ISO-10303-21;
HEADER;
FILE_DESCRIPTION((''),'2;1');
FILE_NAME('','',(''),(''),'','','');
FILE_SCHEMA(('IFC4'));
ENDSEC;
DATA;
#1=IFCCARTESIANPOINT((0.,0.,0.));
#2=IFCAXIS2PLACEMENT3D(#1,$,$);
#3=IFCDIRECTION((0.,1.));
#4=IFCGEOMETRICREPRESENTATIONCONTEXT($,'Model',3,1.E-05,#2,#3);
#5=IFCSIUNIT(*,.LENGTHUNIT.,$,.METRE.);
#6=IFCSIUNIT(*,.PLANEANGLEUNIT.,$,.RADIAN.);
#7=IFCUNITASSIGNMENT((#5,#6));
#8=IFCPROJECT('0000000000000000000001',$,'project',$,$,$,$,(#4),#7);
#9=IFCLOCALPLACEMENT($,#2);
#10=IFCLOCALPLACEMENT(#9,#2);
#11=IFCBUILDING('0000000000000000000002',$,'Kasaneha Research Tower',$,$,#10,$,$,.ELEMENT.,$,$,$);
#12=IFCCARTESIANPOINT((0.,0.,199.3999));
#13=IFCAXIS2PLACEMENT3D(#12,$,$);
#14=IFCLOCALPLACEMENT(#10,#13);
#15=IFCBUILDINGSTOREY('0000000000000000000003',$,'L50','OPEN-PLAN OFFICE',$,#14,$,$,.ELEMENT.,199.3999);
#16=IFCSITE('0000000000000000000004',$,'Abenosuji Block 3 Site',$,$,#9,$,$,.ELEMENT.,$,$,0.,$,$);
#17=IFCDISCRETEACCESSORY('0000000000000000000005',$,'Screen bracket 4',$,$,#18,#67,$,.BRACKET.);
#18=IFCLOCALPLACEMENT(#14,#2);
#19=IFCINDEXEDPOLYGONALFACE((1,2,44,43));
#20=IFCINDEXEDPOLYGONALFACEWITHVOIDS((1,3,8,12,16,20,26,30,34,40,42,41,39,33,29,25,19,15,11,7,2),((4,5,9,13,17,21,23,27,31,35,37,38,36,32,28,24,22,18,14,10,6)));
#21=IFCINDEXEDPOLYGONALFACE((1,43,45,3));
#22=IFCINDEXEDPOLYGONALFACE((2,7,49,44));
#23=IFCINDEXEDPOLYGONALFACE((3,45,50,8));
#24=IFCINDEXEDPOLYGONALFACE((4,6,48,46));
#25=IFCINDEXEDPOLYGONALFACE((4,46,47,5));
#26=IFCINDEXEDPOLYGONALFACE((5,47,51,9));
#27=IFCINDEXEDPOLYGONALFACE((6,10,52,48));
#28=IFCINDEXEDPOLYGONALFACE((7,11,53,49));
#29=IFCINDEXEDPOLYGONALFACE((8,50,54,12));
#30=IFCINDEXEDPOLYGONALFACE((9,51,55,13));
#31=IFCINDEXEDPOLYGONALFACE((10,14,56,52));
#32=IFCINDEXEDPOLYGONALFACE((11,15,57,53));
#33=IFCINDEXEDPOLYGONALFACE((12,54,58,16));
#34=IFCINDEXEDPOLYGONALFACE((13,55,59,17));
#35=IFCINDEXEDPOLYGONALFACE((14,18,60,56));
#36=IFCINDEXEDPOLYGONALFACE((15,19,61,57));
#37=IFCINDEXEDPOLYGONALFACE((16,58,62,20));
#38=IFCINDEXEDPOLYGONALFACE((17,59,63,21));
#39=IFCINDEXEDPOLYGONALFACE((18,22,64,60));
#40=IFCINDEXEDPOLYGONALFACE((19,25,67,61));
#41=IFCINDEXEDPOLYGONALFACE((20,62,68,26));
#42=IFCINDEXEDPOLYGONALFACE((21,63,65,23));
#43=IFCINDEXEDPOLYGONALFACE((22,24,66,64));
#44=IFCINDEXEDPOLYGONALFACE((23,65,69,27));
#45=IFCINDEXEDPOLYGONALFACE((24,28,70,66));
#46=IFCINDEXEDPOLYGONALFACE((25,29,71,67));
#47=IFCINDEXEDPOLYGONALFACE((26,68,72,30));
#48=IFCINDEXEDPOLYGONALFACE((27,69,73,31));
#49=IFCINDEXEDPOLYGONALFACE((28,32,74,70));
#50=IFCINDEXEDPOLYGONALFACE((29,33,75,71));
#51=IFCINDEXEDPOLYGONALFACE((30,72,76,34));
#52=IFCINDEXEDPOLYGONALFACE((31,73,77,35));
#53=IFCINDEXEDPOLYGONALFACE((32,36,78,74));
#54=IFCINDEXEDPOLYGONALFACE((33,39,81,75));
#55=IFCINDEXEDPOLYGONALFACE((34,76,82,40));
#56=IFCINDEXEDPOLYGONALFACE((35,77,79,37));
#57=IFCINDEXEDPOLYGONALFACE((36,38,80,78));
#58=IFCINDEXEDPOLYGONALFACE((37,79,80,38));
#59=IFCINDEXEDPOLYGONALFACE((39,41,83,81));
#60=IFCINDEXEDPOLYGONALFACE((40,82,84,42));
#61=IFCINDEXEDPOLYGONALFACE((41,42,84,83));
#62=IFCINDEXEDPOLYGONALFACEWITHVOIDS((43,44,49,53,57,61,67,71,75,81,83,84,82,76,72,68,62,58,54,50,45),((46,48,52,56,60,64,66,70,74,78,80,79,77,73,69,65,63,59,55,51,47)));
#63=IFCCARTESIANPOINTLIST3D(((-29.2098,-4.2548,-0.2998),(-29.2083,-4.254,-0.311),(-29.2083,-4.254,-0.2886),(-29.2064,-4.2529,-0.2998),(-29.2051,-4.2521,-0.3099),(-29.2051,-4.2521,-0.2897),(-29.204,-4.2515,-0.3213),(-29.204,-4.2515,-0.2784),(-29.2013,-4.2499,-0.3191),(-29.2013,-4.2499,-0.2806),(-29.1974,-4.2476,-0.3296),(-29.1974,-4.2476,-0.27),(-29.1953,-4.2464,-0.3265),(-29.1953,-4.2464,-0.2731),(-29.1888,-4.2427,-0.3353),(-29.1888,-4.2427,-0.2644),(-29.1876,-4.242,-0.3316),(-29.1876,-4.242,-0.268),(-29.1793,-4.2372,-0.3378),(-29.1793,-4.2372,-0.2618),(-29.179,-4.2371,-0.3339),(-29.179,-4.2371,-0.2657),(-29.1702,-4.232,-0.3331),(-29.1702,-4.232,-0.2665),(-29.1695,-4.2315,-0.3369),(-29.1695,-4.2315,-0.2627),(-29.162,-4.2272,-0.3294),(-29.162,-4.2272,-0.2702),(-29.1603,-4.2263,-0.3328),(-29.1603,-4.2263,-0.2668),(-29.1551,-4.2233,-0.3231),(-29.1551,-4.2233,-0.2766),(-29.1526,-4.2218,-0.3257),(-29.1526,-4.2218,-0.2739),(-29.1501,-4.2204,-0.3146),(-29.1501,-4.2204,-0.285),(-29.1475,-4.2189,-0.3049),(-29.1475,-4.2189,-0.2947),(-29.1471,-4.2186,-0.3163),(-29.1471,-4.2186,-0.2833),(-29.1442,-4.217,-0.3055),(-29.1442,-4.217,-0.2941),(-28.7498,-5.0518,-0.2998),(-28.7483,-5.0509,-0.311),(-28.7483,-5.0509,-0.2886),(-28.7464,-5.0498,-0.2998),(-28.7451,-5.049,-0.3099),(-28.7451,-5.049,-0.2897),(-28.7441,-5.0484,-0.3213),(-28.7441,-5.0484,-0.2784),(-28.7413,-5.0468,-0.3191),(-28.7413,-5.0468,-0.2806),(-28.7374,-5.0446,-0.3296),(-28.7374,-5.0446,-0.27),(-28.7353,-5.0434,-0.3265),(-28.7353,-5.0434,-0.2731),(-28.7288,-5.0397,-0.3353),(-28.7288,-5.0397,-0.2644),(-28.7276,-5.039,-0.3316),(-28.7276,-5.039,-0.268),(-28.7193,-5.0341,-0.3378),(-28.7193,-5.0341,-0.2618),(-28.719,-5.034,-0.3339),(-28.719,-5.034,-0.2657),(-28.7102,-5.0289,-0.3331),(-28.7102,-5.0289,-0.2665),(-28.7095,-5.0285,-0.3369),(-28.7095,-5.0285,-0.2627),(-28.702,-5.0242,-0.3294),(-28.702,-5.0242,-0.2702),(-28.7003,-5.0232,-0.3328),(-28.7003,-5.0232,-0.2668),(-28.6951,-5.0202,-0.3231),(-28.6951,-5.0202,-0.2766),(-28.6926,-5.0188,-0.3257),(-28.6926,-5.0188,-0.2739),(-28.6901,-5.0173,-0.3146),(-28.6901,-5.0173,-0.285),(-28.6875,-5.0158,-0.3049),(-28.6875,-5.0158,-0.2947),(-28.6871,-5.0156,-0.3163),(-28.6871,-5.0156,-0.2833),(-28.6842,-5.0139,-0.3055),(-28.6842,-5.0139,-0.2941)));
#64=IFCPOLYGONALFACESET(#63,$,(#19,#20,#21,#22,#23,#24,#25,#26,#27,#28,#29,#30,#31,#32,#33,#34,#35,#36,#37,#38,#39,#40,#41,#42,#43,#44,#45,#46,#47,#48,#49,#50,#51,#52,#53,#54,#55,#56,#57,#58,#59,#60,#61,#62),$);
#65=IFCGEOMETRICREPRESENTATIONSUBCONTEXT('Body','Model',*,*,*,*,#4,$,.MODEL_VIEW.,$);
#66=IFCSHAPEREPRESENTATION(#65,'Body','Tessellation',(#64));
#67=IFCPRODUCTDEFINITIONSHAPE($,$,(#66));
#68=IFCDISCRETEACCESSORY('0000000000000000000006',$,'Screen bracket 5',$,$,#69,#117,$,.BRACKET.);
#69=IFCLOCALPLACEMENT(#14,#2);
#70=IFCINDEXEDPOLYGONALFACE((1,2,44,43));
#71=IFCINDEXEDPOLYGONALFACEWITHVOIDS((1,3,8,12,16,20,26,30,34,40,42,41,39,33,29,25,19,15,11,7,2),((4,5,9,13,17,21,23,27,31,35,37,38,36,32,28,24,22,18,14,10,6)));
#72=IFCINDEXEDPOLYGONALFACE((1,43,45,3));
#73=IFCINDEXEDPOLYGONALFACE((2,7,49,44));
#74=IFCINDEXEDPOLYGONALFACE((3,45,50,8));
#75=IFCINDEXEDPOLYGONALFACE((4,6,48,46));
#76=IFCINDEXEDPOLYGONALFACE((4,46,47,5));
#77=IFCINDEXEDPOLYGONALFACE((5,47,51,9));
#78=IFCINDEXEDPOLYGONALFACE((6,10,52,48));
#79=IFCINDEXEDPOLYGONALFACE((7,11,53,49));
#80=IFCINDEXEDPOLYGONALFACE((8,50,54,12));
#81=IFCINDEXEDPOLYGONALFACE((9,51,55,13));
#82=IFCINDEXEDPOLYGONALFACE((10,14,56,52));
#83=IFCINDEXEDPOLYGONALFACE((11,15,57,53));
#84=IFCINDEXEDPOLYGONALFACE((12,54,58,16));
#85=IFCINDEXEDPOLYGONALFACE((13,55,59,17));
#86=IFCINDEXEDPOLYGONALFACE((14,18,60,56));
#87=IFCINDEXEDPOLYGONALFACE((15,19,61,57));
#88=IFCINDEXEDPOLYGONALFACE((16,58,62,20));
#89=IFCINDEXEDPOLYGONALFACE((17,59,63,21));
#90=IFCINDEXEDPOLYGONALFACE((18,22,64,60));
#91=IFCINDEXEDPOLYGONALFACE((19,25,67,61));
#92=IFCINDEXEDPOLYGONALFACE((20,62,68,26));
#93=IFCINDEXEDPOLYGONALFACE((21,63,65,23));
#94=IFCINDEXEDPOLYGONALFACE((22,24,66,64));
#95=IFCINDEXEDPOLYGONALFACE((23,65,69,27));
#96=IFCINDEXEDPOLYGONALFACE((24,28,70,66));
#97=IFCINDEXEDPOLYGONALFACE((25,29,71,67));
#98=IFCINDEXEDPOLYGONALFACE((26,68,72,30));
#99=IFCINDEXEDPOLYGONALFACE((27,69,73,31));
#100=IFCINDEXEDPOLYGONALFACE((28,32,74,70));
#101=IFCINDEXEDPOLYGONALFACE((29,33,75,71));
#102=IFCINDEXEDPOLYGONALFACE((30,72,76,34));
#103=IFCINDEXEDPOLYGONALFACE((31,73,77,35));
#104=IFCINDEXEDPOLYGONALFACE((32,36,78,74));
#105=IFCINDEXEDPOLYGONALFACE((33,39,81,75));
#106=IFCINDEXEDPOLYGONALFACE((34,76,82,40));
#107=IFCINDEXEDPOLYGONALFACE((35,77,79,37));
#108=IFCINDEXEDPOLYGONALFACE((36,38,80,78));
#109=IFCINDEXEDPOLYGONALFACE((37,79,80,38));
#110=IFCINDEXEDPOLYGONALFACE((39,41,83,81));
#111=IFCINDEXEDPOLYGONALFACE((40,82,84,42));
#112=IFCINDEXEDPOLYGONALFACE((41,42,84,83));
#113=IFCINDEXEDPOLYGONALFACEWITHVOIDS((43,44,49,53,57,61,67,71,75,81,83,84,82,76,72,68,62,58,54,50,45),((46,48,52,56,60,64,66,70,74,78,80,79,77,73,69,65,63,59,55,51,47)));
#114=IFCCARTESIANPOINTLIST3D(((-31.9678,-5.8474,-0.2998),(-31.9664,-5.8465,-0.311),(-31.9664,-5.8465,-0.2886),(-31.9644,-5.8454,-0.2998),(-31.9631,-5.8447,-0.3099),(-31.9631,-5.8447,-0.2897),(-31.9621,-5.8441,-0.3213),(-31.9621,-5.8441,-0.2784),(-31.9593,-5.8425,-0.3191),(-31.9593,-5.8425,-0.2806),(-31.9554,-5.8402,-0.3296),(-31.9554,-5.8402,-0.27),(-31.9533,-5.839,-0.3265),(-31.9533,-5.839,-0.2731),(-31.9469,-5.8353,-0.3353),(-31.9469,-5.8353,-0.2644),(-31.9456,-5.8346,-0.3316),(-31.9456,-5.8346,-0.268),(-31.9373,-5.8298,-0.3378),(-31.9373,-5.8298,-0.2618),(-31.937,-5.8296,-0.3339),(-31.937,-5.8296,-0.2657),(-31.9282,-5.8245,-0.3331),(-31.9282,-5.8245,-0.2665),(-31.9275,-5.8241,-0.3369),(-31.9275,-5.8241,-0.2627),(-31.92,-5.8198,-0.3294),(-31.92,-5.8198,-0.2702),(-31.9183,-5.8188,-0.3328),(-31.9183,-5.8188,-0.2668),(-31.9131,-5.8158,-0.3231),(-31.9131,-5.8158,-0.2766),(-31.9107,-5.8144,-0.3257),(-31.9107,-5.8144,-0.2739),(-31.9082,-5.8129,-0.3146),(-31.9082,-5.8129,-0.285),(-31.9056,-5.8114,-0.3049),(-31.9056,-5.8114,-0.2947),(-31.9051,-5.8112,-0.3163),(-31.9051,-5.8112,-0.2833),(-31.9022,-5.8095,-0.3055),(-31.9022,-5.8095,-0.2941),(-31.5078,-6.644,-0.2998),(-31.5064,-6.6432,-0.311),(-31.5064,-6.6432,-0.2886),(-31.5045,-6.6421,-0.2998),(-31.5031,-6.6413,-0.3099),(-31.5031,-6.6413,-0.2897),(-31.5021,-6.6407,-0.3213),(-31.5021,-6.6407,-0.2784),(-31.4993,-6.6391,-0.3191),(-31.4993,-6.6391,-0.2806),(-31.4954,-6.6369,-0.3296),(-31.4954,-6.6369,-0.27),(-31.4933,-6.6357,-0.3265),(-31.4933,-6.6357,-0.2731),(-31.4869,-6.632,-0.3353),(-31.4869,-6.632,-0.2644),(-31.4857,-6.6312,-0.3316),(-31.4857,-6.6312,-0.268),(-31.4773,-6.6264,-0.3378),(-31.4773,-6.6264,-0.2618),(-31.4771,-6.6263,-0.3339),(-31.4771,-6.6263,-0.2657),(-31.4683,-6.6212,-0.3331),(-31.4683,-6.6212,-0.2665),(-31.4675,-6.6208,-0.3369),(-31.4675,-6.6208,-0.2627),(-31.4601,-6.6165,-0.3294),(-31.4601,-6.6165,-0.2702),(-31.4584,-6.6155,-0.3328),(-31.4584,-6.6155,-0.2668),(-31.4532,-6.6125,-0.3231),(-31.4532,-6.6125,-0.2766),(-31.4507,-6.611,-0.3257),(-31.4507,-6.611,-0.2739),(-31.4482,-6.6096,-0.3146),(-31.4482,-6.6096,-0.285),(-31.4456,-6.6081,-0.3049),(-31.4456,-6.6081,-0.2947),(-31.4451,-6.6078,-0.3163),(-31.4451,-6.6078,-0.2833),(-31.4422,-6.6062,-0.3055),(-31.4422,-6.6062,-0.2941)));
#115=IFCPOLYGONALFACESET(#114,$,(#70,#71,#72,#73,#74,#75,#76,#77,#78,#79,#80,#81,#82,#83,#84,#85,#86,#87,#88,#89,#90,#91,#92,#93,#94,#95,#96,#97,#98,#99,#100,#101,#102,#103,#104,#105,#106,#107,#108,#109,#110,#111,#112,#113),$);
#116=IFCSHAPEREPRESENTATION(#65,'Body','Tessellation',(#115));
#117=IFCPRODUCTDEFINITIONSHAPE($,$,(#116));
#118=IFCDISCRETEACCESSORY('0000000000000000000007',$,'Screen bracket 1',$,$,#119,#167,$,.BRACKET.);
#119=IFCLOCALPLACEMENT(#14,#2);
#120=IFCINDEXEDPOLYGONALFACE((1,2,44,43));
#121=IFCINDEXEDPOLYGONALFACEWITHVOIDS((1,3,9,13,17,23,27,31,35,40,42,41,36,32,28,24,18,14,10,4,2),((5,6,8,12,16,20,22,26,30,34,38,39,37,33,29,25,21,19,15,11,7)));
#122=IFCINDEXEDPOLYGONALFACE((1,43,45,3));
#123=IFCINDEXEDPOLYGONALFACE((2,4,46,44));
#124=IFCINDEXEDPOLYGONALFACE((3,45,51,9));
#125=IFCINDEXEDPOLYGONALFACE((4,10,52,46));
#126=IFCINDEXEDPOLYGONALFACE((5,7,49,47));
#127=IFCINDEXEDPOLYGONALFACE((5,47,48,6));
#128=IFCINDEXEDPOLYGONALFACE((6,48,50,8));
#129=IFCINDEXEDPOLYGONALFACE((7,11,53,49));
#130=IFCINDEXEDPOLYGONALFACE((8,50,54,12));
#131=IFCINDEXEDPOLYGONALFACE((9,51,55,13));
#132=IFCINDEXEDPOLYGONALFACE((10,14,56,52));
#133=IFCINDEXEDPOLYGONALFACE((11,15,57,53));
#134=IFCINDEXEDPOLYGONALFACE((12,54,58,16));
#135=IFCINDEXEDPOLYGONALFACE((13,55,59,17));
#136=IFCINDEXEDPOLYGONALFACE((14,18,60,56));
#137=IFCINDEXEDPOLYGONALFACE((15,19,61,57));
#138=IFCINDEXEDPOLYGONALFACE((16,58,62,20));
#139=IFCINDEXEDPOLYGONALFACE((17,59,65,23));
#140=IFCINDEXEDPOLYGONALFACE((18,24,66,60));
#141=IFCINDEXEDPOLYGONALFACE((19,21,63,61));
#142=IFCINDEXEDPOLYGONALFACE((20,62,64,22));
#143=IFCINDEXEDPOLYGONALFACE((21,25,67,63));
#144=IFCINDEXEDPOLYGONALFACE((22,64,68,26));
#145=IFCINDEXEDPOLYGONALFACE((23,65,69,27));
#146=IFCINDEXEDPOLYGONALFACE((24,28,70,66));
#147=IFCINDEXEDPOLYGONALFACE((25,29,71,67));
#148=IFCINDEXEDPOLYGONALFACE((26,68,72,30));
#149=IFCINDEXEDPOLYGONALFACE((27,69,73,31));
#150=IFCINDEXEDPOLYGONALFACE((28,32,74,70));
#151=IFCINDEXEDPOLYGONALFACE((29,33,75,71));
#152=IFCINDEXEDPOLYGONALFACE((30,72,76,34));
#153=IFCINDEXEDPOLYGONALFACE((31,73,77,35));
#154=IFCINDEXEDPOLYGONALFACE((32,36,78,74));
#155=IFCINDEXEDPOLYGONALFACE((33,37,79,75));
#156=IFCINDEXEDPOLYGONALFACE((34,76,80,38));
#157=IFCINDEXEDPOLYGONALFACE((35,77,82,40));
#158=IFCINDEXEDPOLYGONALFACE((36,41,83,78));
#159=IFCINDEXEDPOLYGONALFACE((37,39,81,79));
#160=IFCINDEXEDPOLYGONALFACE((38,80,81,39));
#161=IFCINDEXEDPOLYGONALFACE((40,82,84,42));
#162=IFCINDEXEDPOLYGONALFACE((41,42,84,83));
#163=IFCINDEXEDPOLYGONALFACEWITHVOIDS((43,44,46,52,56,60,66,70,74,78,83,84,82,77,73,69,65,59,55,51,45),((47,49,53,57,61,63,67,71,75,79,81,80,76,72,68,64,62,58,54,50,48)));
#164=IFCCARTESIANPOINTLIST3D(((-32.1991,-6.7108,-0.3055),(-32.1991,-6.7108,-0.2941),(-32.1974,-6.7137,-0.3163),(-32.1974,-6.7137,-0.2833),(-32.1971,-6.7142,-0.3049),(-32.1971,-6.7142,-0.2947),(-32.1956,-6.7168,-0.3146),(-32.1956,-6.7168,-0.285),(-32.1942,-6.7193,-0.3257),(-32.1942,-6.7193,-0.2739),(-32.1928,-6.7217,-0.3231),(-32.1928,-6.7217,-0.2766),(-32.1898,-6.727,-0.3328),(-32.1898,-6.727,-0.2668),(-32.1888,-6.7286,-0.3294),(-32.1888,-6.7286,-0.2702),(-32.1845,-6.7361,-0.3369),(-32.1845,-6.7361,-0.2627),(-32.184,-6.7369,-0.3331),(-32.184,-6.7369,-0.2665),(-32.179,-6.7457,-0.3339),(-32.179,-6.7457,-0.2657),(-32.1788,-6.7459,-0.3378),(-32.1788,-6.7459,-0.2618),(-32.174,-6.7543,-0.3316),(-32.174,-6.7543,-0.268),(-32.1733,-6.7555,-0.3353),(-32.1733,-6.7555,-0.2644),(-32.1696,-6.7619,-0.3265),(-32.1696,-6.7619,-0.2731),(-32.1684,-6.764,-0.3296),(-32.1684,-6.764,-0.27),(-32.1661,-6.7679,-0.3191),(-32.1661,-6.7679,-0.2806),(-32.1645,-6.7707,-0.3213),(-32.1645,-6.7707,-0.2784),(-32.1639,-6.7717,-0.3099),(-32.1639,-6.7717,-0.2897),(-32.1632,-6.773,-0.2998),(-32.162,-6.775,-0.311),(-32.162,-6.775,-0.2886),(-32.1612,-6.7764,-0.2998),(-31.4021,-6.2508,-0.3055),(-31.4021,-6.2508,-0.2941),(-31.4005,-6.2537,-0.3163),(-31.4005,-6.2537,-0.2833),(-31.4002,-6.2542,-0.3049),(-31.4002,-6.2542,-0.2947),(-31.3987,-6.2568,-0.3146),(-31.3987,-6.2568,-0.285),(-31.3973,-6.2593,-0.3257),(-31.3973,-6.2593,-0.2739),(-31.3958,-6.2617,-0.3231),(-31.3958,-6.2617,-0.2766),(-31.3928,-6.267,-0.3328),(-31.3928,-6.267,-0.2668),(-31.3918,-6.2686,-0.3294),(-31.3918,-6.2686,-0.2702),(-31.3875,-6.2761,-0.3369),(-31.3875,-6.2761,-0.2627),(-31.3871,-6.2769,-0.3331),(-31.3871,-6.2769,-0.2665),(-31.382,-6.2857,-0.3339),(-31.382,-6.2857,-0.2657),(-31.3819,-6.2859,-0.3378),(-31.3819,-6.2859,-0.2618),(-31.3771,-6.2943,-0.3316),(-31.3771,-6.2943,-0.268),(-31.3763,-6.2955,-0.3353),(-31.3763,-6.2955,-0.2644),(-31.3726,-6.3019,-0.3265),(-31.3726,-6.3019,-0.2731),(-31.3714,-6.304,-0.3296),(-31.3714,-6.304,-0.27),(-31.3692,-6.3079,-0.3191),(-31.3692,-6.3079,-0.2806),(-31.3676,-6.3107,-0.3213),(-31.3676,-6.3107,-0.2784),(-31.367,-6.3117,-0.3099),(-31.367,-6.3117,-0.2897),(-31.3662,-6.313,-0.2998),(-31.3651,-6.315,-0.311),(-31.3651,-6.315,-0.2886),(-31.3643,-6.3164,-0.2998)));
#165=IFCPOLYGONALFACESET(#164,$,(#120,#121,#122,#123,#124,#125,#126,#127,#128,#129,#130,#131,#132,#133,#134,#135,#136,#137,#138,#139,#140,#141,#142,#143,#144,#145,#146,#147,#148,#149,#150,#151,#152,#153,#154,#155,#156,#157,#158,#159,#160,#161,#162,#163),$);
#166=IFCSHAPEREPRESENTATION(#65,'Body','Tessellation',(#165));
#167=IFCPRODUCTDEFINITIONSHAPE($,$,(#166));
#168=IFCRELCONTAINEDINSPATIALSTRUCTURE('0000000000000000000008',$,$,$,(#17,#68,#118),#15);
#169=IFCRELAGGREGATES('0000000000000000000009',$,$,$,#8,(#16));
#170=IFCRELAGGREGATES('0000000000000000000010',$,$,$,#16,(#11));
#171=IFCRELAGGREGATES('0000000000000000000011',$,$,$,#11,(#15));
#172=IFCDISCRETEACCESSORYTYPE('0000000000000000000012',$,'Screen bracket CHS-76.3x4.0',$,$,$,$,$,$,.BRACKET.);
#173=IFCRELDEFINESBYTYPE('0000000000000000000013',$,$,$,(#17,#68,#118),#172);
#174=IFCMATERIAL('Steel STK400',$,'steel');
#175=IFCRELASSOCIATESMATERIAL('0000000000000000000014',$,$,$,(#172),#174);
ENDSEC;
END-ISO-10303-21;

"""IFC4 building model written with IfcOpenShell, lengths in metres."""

from ifc_helpers import new_model, si_unit, direction, frame, origin, origin_2d, place, context, subcontext, project, spatial, hollow_circle, extrude, material, material_profile, profile_set, type_object, element, save


model = new_model("IFC4")

# Units and contexts
model_context = context("Model", 3, precision=1e-05, world=origin(), true_north=direction((0.0, 1.0)))
body_context = subcontext(model_context, "Body", "Model", "MODEL_VIEW")
ifc_project = project(units=[si_unit("LENGTHUNIT", "METRE"), si_unit("PLANEANGLEUNIT", "RADIAN")], contexts=[model_context])

# Site, building, storey
site_placement = place(None, origin())
site = spatial("IfcSite", under=ifc_project, at=site_placement, Name="Abenosuji Block 3 Site", CompositionType="ELEMENT", RefElevation=0.0)
building_placement = place(site_placement, origin())
building = spatial("IfcBuilding", under=site, at=building_placement, Name="Kasaneha Research Tower", CompositionType="ELEMENT")
storey_placement = place(building_placement, frame((0.0, 0.0, 199.3999)))
storey = spatial("IfcBuildingStorey", under=building, at=storey_placement, Name="L50", Description="OPEN-PLAN OFFICE", CompositionType="ELEMENT", Elevation=199.3999)

# Discrete accessories
ifc_material_1 = material(Name="Steel STK400", Category="steel")
ifc_material_profile_1 = material_profile(ifc_material_1, hollow_circle(Radius=0.0381, WallThickness=0.0039, at=origin_2d()), Name="CHS-76.3x4.0")
ifc_profile_set_1 = profile_set([ifc_material_profile_1], Name="Steel STK400")
discrete_accessory_type = type_object("IfcDiscreteAccessoryType", Name="Screen bracket CHS-76.3x4.0", PredefinedType="BRACKET", material=ifc_profile_set_1)
discrete_accessory_1_placement = place(storey_placement, frame((-28.7168, -5.0327, -0.2998), z_axis=(-0.499906, 0.86608, 0.0), x_axis=(-0.86608, -0.499906, 0.0)))
element("IfcDiscreteAccessory", 1, at=discrete_accessory_1_placement, inside=storey, type_object=discrete_accessory_type, Name="Screen bracket 4", PredefinedType="BRACKET", context=body_context, shape_type="SweptSolid", body=[
    extrude(hollow_circle(Radius=0.0381, WallThickness=0.0039, at=origin_2d()), origin(), (0.0, 0.0, 1.0), 0.9202),
])
discrete_accessory_2_placement = place(storey_placement, frame((-31.4749, -6.625, -0.2998), z_axis=(-0.500021, 0.866013, 0.0), x_axis=(-0.866013, -0.500021, 0.0)))
element("IfcDiscreteAccessory", 2, at=discrete_accessory_2_placement, inside=storey, type_object=discrete_accessory_type, Name="Screen bracket 5", PredefinedType="BRACKET", context=body_context, shape_type="SweptSolid", body=[
    extrude(hollow_circle(Radius=0.0381, WallThickness=0.0039, at=origin_2d()), origin(), (0.0, 0.0, 1.0), 0.9199),
])
discrete_accessory_3_placement = place(storey_placement, frame((-31.3833, -6.2834, -0.2998), z_axis=(-0.86608, -0.499906, 0.0), x_axis=(0.499906, -0.86608, 0.0)))
element("IfcDiscreteAccessory", 3, at=discrete_accessory_3_placement, inside=storey, type_object=discrete_accessory_type, Name="Screen bracket 1", PredefinedType="BRACKET", context=body_context, shape_type="SweptSolid", body=[
    extrude(hollow_circle(Radius=0.0381, WallThickness=0.0039, at=origin_2d()), origin(), (0.0, 0.0, 1.0), 0.9202),
])

save(model, "model.ifc")
